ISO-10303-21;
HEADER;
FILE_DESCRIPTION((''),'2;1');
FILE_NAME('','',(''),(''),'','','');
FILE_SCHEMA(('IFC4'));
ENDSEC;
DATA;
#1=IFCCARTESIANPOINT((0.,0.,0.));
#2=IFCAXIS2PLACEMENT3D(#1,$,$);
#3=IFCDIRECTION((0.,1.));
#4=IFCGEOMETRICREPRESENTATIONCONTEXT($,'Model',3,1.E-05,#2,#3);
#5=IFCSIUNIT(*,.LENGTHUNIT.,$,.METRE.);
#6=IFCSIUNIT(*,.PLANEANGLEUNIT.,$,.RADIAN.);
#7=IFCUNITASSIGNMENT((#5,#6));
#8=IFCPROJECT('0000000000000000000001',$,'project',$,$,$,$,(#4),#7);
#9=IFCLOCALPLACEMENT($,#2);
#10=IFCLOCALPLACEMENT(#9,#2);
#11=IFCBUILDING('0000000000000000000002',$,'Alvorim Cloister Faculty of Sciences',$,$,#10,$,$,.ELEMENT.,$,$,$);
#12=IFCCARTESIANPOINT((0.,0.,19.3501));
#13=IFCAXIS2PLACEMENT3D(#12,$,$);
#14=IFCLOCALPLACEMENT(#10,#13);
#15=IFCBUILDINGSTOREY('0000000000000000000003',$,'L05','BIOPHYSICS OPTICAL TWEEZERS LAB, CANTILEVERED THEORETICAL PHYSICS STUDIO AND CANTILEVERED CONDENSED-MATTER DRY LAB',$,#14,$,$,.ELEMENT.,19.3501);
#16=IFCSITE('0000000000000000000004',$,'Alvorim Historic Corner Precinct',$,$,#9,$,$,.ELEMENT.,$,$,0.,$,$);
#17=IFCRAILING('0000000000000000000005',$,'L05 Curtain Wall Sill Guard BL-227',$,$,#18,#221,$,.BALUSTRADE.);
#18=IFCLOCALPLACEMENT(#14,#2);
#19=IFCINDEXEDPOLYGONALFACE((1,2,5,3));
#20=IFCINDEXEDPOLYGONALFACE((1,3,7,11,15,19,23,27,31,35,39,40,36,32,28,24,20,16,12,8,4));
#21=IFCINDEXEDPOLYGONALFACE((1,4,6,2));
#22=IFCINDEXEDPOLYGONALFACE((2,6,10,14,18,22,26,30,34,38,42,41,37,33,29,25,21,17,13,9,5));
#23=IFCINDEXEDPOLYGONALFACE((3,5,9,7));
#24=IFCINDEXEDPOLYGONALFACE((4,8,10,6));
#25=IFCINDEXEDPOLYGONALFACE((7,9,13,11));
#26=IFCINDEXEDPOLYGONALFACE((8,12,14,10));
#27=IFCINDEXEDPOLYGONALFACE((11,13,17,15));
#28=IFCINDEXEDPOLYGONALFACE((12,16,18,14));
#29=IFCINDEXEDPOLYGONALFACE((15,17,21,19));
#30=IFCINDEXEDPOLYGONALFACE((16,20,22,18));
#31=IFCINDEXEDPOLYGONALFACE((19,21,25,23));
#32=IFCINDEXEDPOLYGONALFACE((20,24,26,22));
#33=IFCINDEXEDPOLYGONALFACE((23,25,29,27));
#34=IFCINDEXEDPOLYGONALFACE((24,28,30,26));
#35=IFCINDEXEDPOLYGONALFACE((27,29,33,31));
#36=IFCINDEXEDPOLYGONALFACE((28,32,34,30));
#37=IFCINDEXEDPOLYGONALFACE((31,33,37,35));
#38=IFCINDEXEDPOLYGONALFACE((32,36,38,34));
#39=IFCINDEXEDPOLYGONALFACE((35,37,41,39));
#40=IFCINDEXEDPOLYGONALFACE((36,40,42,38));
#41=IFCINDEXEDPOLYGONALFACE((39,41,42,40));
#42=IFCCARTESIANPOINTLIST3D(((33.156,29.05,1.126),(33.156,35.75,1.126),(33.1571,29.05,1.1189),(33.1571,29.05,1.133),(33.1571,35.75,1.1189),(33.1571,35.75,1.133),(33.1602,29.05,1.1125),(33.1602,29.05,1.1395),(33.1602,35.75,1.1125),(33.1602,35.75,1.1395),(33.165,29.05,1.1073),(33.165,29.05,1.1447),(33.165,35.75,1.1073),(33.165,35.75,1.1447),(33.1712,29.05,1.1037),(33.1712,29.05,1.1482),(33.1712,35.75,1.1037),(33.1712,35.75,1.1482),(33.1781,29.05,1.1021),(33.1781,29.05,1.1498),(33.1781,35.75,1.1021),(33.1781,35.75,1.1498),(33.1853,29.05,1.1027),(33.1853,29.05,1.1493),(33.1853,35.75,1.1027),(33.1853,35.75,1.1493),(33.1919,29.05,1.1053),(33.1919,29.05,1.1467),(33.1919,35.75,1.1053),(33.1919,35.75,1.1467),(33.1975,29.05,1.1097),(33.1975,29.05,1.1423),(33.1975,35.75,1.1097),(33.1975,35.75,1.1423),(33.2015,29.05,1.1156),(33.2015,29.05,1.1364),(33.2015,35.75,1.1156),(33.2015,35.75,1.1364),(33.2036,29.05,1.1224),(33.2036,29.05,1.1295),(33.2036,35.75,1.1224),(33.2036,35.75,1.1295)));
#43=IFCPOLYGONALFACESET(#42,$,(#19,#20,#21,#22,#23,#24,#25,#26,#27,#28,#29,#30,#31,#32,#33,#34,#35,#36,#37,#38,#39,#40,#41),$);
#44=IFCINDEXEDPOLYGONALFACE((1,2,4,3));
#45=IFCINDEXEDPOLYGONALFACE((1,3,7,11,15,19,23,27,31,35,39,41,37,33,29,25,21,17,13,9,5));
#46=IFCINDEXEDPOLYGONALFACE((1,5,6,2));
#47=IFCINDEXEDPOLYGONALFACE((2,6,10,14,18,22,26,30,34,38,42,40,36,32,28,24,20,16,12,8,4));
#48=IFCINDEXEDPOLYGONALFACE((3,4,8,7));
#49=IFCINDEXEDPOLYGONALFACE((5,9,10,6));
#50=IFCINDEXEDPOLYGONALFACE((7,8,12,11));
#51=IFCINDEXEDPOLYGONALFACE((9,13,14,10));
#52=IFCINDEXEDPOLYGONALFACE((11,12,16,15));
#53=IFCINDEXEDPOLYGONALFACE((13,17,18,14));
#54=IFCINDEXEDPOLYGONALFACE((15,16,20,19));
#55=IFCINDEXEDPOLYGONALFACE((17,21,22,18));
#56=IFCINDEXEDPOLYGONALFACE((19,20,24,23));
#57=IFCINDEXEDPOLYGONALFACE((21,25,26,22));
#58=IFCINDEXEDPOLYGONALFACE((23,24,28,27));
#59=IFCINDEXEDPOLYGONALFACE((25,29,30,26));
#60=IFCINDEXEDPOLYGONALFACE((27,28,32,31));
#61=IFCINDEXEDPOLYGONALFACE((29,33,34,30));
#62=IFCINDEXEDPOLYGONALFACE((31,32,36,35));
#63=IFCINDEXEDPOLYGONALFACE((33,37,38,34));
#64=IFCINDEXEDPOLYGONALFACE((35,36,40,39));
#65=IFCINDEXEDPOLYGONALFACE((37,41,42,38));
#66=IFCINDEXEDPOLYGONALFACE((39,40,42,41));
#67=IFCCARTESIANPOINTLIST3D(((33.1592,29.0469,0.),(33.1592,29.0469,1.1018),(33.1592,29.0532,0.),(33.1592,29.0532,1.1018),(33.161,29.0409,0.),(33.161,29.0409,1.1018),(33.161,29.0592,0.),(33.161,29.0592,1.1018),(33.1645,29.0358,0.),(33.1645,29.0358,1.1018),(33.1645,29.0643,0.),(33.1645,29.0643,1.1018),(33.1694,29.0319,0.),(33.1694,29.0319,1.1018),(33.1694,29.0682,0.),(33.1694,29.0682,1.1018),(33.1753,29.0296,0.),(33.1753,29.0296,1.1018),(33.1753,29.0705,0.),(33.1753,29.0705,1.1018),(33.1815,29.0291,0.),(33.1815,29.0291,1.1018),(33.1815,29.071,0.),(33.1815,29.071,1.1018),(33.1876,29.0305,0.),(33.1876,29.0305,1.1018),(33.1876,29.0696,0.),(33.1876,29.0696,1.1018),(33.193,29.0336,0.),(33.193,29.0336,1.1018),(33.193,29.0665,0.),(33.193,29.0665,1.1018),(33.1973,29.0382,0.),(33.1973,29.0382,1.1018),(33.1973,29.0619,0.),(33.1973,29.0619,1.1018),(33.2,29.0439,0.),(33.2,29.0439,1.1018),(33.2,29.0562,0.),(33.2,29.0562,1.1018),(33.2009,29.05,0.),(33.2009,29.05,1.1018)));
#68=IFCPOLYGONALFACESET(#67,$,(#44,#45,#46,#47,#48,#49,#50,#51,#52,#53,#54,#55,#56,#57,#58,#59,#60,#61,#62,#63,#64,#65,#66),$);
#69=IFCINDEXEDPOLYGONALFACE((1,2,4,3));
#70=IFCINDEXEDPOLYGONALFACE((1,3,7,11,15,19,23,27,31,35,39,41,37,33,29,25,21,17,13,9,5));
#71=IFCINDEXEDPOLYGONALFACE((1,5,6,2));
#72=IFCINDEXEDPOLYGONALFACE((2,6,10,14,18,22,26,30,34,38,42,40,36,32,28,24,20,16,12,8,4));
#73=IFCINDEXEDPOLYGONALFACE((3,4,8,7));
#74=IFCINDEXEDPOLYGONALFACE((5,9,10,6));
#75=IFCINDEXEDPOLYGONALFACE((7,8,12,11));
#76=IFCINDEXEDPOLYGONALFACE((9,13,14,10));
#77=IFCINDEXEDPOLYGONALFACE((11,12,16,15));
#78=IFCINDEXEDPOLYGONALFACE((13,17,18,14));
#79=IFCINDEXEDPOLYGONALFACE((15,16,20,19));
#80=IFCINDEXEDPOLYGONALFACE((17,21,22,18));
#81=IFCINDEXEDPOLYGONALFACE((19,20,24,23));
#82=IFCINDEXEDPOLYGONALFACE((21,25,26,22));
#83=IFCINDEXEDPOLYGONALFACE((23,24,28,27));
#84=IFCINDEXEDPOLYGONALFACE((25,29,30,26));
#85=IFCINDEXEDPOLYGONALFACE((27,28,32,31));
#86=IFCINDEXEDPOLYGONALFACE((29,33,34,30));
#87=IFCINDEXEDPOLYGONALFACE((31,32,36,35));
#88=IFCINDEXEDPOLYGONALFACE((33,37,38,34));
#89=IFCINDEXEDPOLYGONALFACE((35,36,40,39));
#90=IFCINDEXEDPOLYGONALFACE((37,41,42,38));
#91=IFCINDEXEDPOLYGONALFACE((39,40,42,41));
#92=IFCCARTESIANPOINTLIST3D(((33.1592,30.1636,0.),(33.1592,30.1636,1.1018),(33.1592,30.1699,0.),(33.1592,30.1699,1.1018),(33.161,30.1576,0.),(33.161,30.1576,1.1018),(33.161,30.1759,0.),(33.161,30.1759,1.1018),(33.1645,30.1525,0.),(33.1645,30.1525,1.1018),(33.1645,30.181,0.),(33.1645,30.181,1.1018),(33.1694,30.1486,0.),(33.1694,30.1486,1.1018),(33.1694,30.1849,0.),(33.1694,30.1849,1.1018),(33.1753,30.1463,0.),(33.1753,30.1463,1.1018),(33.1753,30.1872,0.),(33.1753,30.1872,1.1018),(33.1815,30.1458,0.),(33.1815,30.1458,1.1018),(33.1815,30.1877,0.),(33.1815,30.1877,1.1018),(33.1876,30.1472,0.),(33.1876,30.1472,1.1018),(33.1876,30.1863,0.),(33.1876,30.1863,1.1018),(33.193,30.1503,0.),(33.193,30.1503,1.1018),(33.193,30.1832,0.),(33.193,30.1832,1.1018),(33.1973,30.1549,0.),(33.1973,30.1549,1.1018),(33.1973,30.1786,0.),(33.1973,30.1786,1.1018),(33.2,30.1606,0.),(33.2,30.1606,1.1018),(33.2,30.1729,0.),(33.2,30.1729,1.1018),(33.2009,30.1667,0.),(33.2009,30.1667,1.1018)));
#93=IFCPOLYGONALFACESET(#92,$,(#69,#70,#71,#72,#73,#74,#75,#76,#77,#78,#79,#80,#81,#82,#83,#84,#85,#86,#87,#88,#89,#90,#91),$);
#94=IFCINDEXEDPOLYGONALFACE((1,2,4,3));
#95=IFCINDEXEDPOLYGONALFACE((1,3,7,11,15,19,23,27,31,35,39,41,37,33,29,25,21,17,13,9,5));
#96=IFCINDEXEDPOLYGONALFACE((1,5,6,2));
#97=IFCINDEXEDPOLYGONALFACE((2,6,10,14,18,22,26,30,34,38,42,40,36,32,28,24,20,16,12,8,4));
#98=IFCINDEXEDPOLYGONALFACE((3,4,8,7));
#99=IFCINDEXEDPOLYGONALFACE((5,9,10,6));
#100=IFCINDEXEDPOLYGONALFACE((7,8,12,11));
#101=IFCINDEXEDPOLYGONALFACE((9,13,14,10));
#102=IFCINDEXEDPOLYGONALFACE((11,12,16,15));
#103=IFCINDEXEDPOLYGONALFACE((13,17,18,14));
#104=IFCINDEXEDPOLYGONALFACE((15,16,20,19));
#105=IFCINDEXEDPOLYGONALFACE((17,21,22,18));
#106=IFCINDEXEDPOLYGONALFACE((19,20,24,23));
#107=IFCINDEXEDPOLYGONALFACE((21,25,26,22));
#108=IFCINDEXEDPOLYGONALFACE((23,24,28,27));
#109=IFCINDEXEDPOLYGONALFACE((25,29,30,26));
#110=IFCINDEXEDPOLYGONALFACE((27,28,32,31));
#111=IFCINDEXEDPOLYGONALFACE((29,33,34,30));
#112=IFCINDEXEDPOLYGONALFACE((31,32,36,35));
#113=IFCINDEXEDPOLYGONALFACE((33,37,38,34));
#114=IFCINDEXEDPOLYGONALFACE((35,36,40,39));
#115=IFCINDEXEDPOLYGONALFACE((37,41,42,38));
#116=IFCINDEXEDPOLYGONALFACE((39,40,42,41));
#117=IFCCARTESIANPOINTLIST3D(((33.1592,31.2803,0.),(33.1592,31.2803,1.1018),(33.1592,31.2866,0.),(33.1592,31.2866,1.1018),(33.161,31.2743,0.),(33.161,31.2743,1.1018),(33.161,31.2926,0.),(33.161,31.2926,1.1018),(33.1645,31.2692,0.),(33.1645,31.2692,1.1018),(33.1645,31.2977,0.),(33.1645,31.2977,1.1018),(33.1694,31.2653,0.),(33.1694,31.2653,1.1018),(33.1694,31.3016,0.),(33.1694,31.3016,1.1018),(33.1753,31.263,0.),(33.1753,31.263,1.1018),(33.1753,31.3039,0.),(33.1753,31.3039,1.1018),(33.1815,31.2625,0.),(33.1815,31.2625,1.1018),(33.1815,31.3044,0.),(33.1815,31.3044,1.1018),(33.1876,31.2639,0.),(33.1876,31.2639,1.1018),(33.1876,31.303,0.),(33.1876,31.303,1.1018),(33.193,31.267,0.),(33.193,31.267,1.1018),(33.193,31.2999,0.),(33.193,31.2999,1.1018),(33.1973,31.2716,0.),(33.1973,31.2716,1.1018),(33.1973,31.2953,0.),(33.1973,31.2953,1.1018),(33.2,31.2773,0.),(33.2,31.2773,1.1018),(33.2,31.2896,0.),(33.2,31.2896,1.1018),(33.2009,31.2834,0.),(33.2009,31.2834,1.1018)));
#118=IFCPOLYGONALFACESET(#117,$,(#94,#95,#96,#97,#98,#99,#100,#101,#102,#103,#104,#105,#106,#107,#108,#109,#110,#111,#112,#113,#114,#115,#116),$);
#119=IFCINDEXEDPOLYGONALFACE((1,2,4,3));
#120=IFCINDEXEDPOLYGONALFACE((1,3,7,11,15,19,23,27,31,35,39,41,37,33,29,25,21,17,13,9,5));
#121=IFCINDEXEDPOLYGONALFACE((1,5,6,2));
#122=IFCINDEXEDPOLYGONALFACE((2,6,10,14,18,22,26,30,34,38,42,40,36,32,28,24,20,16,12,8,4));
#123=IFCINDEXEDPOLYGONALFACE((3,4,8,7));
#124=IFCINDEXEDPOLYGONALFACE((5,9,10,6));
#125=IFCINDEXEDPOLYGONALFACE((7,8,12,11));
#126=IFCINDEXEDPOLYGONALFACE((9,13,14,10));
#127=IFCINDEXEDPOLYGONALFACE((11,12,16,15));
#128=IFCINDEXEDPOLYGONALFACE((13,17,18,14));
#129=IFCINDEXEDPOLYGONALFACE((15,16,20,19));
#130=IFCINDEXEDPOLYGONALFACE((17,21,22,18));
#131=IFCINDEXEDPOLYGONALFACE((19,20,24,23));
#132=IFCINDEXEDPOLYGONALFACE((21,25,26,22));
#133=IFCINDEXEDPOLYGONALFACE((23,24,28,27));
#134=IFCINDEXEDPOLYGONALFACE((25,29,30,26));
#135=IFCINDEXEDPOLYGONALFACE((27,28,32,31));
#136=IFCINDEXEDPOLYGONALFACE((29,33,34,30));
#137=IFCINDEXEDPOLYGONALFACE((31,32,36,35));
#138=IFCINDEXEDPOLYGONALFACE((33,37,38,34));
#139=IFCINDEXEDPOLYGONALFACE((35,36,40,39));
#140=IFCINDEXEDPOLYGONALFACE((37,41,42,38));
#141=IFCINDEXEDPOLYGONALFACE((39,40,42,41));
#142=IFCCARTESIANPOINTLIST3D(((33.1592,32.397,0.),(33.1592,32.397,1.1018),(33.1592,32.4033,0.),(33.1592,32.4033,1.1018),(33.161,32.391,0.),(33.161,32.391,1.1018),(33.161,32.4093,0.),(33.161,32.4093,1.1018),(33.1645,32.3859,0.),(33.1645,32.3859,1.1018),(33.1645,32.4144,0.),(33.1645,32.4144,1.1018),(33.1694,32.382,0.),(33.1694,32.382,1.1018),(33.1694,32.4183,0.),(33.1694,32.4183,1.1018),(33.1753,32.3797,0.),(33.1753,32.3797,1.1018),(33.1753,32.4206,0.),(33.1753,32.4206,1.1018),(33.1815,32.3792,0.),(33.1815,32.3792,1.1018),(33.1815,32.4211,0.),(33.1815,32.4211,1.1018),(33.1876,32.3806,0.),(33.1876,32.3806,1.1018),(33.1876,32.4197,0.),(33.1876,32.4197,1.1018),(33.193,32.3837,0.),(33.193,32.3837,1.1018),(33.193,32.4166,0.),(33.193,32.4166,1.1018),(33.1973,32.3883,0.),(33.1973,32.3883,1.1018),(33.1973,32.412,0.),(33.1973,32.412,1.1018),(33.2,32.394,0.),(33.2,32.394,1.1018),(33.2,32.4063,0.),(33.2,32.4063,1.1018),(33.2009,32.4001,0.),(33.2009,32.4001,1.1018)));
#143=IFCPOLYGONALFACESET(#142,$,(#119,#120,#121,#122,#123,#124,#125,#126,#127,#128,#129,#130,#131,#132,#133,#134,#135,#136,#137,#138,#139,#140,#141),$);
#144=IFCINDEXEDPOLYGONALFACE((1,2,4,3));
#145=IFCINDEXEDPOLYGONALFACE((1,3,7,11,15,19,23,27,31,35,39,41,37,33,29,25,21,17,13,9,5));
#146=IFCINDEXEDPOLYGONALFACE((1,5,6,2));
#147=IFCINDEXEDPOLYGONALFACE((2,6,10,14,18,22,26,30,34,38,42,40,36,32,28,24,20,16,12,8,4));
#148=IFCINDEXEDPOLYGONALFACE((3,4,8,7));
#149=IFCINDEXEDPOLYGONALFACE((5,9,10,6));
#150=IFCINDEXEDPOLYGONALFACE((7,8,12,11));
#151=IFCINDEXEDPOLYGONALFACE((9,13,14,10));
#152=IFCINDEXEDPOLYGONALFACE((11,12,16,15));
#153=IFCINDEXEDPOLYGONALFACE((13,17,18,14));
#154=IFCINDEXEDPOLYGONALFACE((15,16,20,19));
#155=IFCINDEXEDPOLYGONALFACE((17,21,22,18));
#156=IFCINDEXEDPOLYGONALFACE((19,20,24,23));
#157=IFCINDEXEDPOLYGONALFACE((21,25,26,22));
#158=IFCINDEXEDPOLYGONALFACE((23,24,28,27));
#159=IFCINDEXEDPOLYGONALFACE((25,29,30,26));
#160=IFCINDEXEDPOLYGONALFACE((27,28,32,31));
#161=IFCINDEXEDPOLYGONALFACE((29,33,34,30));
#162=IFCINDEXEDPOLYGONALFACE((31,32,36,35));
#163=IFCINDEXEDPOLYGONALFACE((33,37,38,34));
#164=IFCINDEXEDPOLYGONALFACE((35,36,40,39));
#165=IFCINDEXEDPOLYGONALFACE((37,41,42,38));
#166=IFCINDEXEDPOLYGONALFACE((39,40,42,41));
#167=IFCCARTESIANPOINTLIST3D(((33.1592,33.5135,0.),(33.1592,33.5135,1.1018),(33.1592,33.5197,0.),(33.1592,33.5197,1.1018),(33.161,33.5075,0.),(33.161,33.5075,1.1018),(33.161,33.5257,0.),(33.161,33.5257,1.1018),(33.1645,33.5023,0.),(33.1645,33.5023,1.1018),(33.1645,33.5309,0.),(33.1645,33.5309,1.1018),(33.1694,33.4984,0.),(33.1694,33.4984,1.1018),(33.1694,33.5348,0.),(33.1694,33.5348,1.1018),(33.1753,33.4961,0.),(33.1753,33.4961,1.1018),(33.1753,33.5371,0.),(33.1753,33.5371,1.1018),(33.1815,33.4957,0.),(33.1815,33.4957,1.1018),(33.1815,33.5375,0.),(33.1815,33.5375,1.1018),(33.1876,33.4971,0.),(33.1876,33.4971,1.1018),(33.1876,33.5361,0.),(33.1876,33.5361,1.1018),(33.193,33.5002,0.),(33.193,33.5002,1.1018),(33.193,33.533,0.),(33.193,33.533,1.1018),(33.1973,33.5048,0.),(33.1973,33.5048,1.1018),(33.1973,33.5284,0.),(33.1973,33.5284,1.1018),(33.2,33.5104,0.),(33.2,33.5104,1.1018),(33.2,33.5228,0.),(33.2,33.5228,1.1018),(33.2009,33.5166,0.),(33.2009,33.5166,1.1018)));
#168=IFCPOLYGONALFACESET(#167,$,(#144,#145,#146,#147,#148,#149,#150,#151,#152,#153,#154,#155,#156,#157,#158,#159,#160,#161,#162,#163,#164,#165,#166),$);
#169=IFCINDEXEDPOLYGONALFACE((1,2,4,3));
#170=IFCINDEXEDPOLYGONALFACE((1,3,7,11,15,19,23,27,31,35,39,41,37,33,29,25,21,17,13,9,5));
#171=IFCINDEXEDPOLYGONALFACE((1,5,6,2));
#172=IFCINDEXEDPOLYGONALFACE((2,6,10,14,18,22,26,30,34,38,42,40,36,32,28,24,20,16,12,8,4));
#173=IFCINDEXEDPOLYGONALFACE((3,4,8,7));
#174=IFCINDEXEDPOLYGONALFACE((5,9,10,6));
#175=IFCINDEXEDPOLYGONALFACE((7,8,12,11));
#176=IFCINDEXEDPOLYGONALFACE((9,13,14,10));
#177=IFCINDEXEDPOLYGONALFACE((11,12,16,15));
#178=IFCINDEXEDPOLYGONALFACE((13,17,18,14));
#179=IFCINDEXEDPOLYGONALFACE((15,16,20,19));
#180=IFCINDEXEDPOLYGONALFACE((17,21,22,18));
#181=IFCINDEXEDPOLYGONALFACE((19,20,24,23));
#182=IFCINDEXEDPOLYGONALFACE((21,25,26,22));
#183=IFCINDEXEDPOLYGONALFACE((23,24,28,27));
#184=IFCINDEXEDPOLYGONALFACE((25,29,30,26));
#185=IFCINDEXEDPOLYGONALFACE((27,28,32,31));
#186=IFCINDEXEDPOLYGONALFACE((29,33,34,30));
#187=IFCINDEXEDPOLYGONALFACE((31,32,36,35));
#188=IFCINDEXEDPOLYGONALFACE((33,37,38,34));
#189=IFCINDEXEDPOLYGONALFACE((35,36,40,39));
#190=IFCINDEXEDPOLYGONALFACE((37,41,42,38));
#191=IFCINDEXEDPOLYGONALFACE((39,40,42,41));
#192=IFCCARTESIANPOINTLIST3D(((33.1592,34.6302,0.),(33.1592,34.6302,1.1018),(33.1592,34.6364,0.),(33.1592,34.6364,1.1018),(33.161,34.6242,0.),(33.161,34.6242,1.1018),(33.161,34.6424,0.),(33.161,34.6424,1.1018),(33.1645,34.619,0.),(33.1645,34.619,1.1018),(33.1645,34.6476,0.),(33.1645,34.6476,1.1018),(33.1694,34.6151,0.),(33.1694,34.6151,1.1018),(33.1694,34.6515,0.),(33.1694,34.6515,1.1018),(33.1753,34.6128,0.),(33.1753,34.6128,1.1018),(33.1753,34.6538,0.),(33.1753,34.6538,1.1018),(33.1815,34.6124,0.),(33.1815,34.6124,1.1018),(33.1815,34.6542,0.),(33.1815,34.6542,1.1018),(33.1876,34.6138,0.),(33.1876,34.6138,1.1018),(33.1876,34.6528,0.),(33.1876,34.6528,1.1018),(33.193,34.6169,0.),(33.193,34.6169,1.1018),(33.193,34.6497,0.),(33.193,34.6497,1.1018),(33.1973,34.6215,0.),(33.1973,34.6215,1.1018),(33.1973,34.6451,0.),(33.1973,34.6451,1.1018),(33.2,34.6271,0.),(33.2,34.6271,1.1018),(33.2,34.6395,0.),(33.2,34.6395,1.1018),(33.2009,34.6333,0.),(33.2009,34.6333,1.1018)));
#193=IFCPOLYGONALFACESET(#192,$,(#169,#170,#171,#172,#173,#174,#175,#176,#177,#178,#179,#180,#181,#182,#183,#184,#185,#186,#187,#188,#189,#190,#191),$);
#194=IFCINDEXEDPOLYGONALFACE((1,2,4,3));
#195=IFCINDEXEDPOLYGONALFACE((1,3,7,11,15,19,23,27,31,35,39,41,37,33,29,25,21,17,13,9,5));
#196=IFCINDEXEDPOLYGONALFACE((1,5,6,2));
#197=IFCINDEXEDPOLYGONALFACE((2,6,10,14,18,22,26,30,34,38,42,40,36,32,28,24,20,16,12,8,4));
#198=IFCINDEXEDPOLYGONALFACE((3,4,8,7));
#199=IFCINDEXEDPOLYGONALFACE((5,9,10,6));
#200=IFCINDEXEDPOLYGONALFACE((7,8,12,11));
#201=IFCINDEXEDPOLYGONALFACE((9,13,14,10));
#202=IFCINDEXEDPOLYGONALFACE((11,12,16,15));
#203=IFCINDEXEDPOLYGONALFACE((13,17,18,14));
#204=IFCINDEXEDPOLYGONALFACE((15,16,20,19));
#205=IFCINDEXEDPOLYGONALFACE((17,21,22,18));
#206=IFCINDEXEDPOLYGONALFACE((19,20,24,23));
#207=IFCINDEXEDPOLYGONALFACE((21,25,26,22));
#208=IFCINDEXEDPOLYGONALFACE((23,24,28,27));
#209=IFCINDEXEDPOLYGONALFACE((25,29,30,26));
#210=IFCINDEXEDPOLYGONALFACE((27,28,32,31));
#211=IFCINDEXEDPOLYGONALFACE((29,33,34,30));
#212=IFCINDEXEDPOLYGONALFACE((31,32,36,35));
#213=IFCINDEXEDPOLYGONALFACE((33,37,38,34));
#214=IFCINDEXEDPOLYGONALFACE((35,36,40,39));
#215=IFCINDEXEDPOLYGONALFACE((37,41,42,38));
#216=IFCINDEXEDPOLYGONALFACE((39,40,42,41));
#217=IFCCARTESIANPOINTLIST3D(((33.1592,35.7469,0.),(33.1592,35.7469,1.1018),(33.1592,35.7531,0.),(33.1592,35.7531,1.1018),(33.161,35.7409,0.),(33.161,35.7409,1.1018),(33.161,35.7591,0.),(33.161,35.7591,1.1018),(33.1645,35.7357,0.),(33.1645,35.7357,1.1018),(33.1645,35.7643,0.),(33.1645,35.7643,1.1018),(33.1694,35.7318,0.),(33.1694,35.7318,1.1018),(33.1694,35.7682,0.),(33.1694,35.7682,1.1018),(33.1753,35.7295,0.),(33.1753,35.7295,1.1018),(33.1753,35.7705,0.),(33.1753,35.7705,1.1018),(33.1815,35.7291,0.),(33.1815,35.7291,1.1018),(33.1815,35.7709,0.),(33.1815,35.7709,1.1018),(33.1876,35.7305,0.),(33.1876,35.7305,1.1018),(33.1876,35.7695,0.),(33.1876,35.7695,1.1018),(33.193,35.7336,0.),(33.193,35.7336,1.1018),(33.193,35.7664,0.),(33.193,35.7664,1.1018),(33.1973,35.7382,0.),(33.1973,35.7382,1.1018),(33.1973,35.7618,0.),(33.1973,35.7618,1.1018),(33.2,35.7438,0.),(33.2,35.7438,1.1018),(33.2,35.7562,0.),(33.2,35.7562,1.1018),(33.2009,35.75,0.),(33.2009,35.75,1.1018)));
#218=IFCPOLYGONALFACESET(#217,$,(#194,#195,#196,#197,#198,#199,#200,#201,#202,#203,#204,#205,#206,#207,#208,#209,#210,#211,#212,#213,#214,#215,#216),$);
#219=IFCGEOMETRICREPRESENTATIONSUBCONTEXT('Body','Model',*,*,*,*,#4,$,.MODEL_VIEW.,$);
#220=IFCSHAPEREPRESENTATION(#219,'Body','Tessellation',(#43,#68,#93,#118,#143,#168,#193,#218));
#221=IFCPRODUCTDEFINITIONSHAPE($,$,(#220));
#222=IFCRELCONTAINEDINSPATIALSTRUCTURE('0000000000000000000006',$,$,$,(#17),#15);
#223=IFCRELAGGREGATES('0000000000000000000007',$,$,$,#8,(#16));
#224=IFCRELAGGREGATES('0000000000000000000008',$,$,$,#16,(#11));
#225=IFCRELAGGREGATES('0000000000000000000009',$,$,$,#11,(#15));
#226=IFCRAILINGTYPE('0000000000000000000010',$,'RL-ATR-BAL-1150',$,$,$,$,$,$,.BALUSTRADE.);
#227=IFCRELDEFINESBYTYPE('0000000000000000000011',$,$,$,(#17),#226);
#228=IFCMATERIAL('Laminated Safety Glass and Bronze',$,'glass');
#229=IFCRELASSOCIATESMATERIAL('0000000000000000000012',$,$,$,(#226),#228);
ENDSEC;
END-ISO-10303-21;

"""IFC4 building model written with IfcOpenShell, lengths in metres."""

from ifc_helpers import new_model, si_unit, direction, frame, origin, origin_2d, place, context, subcontext, project, spatial, circle, extrude, material, type_object, element, save


model = new_model("IFC4")

# Units and contexts
model_context = context("Model", 3, precision=1e-05, world=origin(), true_north=direction((0.0, 1.0)))
body_context = subcontext(model_context, "Body", "Model", "MODEL_VIEW")
ifc_project = project(units=[si_unit("LENGTHUNIT", "METRE"), si_unit("PLANEANGLEUNIT", "RADIAN")], contexts=[model_context])

# Site, building, storey
site_placement = place(None, origin())
site = spatial("IfcSite", under=ifc_project, at=site_placement, Name="Alvorim Historic Corner Precinct", CompositionType="ELEMENT", RefElevation=0.0)
building_placement = place(site_placement, origin())
building = spatial("IfcBuilding", under=site, at=building_placement, Name="Alvorim Cloister Faculty of Sciences", CompositionType="ELEMENT")
storey_placement = place(building_placement, frame((0.0, 0.0, 19.3501)))
storey = spatial("IfcBuildingStorey", under=building, at=storey_placement, Name="L05", Description="BIOPHYSICS OPTICAL TWEEZERS LAB, CANTILEVERED THEORETICAL PHYSICS STUDIO AND CANTILEVERED CONDENSED-MATTER DRY LAB", CompositionType="ELEMENT", Elevation=19.3501)

# Railing
ifc_material_1 = material(Name="Laminated Safety Glass and Bronze", Category="glass")
railing_type = type_object("IfcRailingType", Name="RL-ATR-BAL-1150", PredefinedType="BALUSTRADE", material=ifc_material_1)
railing_1_placement = place(storey_placement, frame((33.1799, 29.05, 0.0)))
element("IfcRailing", 1, at=railing_1_placement, inside=storey, type_object=railing_type, Name="L05 Curtain Wall Sill Guard BL-227", PredefinedType="BALUSTRADE", context=body_context, shape_type="SweptSolid", body=[
    extrude(circle(Radius=0.0239, at=origin_2d()), frame((0.0, 0.0, 1.126), z_axis=(0.0, 1.0, 0.0), x_axis=(-1.0, 0.0, 0.0)), (0.0, 0.0, 1.0), 6.7),
    extrude(circle(Radius=0.021, at=origin_2d()), origin(), (0.0, 0.0, 1.0), 1.1018),
    extrude(circle(Radius=0.021, at=origin_2d()), frame((0.0, 1.1167, 0.0)), (0.0, 0.0, 1.0), 1.1018),
    extrude(circle(Radius=0.021, at=origin_2d()), frame((0.0, 2.2334, 0.0)), (0.0, 0.0, 1.0), 1.1018),
    extrude(circle(Radius=0.021, at=origin_2d()), frame((0.0, 3.3501, 0.0)), (0.0, 0.0, 1.0), 1.1018),
    extrude(circle(Radius=0.021, at=origin_2d()), frame((0.0, 4.4666, 0.0)), (0.0, 0.0, 1.0), 1.1018),
    extrude(circle(Radius=0.021, at=origin_2d()), frame((0.0, 5.5833, 0.0)), (0.0, 0.0, 1.0), 1.1018),
    extrude(circle(Radius=0.021, at=origin_2d()), frame((0.0, 6.7, 0.0)), (0.0, 0.0, 1.0), 1.1018),
])

save(model, "model.ifc")
